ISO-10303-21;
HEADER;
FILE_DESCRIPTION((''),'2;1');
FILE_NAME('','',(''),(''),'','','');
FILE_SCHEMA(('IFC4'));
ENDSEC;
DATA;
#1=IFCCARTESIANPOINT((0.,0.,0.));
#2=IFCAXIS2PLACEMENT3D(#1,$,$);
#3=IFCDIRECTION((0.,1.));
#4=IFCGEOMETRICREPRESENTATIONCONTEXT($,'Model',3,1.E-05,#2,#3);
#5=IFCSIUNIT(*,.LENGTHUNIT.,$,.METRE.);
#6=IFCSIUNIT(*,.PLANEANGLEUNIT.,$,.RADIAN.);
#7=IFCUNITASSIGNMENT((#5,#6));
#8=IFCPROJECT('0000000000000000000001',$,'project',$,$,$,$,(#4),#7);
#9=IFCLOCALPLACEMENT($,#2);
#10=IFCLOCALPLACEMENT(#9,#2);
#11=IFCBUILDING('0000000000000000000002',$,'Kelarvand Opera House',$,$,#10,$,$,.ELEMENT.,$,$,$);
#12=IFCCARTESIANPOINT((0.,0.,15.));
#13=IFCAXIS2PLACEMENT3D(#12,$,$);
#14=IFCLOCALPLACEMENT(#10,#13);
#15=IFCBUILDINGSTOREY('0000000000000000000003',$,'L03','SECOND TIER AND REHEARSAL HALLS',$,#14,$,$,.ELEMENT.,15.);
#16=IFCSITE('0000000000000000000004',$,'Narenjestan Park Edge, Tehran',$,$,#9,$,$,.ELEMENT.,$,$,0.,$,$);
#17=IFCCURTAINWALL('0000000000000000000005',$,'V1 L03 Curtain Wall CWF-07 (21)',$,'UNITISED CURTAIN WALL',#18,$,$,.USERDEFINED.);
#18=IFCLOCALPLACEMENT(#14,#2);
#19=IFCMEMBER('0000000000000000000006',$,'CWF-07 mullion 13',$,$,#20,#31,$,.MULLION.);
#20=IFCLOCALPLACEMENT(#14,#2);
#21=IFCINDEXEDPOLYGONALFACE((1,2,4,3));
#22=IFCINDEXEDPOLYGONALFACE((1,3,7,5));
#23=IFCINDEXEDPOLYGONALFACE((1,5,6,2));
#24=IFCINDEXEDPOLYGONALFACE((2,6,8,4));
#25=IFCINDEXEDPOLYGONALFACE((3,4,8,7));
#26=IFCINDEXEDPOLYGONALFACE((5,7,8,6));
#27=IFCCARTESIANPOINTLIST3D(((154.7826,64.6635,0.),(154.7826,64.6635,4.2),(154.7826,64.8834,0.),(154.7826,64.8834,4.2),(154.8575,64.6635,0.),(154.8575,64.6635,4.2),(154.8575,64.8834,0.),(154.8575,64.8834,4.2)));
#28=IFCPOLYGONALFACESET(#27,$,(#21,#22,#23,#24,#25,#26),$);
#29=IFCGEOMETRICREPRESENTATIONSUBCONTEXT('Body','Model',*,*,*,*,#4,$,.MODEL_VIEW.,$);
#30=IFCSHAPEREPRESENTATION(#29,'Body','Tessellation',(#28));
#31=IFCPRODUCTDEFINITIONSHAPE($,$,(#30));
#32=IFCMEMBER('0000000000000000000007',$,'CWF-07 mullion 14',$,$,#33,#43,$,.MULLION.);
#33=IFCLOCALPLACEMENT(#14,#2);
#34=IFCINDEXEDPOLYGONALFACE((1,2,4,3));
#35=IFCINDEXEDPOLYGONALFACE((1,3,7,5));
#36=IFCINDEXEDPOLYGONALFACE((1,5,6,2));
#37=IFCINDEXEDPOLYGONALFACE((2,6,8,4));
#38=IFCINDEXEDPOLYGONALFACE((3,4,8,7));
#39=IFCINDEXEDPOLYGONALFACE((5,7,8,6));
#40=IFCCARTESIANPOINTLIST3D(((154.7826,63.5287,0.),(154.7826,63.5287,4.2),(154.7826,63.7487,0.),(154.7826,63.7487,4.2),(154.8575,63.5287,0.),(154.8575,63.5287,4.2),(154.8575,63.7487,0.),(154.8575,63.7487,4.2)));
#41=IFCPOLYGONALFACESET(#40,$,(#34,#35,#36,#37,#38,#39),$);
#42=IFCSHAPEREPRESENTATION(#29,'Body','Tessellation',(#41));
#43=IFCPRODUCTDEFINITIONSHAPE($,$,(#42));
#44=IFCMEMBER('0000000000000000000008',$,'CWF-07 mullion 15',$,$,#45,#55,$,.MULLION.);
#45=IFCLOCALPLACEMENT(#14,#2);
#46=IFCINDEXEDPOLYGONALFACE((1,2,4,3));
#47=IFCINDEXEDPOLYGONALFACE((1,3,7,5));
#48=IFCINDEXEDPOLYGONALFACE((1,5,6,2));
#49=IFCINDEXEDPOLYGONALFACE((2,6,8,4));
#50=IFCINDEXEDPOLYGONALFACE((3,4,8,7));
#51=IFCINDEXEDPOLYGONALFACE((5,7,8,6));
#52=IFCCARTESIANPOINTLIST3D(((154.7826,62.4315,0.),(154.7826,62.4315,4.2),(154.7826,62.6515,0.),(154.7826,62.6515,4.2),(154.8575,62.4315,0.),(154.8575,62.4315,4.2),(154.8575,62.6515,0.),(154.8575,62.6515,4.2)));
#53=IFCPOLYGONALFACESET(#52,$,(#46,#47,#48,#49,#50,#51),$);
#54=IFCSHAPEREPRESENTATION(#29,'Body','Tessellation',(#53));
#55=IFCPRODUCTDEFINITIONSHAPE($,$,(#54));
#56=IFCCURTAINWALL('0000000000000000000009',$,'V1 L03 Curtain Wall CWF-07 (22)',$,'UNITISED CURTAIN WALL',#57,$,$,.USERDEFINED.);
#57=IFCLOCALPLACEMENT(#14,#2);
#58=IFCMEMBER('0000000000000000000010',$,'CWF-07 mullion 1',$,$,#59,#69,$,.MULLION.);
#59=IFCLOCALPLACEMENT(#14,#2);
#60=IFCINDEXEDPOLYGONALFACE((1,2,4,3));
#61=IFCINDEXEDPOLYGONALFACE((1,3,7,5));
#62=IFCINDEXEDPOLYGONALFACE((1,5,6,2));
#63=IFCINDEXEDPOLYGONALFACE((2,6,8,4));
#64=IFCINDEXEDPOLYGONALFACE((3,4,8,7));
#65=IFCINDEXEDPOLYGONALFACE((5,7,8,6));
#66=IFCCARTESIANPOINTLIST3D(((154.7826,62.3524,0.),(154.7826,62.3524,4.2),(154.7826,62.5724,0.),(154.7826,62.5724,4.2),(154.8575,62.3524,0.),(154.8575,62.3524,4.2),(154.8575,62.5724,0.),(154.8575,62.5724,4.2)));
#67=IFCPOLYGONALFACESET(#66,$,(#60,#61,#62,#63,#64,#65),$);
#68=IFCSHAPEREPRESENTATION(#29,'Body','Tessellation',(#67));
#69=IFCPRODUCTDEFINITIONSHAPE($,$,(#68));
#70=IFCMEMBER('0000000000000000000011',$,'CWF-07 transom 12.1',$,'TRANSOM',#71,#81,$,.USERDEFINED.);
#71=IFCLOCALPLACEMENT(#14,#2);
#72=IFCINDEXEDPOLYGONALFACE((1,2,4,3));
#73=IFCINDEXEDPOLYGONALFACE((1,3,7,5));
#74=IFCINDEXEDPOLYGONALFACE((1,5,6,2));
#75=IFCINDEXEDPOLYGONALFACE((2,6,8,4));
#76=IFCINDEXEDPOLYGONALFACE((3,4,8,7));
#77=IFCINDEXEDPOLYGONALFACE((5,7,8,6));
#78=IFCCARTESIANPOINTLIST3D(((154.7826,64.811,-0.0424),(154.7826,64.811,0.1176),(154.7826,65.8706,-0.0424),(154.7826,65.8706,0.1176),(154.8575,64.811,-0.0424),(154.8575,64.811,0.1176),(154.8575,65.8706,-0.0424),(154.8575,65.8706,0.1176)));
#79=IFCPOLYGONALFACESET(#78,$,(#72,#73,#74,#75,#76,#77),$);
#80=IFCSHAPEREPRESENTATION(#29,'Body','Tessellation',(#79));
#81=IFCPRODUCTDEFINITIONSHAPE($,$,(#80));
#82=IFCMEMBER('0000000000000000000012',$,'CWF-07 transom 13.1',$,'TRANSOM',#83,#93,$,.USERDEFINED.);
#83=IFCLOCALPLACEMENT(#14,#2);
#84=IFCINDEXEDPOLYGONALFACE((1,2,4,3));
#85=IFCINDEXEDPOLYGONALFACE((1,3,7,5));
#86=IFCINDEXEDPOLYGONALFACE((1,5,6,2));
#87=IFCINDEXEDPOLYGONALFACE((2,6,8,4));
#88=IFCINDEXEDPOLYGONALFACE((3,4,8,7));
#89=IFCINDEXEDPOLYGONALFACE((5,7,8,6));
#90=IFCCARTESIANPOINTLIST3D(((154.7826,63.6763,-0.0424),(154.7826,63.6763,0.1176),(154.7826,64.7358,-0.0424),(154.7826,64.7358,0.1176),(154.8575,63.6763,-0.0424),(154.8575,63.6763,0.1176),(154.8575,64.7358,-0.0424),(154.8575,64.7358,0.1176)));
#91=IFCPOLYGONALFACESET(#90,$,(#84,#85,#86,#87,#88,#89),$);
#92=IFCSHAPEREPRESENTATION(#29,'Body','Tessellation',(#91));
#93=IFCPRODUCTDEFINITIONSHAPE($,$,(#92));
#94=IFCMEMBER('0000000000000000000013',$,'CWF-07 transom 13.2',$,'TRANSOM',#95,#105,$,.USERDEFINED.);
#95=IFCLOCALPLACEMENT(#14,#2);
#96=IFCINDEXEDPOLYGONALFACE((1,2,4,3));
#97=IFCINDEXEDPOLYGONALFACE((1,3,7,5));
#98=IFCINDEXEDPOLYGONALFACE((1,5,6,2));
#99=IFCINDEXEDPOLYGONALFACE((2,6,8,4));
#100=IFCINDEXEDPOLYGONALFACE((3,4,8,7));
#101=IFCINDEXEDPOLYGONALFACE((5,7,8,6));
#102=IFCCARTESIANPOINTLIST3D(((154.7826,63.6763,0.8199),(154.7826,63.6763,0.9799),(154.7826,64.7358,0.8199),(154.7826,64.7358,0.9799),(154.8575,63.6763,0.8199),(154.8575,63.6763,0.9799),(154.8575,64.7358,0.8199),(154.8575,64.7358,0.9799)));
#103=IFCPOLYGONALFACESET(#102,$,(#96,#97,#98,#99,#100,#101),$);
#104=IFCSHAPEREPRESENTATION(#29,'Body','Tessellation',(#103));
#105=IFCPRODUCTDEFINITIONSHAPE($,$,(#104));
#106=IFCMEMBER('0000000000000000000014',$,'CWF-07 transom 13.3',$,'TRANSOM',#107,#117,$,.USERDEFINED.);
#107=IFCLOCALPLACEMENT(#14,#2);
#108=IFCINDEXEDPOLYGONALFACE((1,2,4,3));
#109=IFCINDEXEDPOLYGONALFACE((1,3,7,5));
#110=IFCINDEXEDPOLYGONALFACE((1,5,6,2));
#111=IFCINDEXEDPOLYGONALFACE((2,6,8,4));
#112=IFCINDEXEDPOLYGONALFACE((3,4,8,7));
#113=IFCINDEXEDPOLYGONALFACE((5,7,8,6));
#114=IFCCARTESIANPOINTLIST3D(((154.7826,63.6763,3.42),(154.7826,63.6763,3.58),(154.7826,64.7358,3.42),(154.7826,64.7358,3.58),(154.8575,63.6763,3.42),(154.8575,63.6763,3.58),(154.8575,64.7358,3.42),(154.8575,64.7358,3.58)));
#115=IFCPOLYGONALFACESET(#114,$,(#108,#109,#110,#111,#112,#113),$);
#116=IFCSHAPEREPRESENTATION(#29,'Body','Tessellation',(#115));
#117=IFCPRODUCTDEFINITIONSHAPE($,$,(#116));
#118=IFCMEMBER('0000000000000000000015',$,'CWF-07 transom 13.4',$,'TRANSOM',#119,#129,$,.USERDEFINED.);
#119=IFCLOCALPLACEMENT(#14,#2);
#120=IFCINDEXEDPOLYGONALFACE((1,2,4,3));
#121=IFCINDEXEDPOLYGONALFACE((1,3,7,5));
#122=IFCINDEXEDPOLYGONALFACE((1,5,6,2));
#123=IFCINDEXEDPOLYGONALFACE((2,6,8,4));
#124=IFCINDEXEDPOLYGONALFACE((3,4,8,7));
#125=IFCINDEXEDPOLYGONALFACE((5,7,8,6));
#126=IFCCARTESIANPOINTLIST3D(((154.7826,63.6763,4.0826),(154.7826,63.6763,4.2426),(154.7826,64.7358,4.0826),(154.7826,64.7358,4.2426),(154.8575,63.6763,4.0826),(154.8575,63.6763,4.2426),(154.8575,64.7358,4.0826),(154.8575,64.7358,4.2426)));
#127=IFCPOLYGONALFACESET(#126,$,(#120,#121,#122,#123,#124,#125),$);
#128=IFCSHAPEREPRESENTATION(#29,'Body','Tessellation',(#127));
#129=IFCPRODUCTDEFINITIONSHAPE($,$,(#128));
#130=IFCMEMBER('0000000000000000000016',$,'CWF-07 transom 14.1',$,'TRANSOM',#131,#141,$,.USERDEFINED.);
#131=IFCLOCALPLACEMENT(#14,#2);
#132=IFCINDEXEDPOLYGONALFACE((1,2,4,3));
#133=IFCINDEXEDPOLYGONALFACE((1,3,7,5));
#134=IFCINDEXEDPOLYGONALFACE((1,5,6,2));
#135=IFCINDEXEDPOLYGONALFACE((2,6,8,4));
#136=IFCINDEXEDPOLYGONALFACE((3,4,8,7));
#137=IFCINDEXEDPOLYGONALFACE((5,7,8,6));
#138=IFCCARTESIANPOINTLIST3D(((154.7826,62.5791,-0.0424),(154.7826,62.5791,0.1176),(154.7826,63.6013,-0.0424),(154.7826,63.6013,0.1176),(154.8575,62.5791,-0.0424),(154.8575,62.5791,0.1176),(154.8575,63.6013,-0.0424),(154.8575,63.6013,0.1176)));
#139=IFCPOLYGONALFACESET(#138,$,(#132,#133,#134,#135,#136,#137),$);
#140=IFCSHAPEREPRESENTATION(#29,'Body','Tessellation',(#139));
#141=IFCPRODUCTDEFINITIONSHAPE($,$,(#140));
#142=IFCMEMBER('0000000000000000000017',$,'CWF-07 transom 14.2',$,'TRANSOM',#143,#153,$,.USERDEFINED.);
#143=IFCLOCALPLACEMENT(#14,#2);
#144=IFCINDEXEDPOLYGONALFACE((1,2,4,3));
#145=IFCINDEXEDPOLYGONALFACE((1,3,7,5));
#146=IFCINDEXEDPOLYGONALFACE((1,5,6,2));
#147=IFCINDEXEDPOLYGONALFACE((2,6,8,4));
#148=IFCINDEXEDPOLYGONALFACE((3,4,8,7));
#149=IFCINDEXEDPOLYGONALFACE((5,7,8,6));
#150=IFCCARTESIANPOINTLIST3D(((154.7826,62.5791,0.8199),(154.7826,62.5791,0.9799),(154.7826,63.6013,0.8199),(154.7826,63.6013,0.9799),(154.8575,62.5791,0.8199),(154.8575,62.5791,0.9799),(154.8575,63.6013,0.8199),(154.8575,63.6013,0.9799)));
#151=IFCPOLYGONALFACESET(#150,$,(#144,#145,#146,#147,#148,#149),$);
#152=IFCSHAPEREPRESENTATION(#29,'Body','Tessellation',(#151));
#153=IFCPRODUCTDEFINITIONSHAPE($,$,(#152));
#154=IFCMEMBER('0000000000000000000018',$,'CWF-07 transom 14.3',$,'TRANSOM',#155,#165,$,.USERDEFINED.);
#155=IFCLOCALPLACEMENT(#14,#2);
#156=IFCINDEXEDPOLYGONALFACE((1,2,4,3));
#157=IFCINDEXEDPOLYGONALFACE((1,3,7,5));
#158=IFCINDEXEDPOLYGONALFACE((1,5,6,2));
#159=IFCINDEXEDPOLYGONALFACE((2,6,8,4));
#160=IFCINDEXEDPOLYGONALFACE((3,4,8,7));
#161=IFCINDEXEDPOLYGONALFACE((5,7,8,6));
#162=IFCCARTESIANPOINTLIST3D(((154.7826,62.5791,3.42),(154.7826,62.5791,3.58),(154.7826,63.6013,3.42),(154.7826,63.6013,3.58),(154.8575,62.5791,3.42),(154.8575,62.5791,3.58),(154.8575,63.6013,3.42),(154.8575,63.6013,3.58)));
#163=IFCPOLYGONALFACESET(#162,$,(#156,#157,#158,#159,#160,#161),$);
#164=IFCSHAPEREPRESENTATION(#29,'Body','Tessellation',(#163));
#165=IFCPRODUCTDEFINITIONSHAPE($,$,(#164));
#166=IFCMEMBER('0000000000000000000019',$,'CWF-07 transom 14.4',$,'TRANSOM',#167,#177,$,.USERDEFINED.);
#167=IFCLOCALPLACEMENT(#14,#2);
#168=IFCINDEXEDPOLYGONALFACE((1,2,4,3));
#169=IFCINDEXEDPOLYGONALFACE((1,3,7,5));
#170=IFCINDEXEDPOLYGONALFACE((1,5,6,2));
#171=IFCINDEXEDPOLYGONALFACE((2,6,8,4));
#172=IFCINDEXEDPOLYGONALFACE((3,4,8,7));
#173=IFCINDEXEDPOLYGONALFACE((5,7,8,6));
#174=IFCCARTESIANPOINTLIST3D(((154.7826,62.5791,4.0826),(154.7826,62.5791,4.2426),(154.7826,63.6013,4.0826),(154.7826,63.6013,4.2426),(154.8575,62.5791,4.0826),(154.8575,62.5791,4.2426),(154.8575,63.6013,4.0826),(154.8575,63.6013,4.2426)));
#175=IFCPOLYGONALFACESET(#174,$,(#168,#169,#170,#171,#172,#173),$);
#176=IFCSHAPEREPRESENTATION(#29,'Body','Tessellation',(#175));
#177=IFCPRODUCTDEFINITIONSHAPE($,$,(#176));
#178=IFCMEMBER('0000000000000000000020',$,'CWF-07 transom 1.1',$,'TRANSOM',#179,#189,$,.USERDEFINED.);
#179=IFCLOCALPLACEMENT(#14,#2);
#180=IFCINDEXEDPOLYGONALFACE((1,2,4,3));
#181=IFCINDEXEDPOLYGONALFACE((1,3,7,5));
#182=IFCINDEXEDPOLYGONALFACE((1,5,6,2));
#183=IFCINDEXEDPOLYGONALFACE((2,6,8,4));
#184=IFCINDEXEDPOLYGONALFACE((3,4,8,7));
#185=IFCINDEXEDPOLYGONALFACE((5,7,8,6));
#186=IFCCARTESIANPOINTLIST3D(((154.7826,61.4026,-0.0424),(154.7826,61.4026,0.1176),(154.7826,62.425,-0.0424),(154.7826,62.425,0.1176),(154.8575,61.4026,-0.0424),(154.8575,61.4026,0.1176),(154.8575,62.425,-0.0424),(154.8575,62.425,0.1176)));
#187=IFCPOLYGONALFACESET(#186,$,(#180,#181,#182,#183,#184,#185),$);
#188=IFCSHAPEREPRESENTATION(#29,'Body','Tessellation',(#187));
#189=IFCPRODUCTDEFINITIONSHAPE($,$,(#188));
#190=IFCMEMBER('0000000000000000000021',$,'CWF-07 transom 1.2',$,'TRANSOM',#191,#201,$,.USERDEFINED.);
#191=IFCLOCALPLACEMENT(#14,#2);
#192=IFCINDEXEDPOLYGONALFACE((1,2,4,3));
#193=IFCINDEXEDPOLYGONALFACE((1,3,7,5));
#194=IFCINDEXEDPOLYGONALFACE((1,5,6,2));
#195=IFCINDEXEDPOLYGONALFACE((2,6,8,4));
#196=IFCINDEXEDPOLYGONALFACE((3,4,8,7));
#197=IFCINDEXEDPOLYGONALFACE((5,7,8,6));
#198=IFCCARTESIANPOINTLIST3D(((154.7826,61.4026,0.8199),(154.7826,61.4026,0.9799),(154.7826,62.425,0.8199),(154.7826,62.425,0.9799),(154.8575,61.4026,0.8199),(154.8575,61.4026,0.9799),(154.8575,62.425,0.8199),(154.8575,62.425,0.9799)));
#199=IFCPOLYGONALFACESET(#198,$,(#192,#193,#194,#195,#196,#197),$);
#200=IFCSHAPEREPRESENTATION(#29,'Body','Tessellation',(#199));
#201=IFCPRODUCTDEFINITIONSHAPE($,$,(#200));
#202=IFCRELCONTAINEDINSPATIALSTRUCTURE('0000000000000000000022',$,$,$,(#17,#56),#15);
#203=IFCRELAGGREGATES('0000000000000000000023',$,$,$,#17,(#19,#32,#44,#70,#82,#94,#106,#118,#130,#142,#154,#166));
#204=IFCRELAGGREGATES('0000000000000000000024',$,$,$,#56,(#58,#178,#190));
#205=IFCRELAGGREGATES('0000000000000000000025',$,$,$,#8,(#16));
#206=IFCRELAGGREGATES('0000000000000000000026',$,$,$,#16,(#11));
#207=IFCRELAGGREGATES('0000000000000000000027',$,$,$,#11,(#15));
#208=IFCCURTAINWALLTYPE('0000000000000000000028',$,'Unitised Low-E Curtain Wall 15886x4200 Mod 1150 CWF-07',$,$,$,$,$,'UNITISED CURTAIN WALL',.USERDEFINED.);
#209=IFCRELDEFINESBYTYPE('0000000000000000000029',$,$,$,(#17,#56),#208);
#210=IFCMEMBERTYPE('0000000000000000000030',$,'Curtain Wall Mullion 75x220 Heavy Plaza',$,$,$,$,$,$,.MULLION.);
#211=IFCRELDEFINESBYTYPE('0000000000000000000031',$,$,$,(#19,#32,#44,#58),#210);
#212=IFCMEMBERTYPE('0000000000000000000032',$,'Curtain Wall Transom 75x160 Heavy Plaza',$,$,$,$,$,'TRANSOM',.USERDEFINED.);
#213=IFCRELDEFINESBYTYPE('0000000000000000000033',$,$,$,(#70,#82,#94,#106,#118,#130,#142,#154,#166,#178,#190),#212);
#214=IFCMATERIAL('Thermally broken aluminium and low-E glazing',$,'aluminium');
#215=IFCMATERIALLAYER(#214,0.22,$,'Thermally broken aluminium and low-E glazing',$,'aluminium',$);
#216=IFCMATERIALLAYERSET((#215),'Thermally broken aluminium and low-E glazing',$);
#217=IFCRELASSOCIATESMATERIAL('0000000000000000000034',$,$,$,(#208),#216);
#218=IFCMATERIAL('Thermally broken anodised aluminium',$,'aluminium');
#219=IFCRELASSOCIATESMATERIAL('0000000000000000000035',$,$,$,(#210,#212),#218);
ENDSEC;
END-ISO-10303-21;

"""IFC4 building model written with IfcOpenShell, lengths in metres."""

from ifc_helpers import new_model, si_unit, direction, frame, origin, origin_2d, place, context, subcontext, project, spatial, rectangle, extrude, material, layer, layer_set, material_profile, profile_set, type_object, element, aggregate, save


model = new_model("IFC4")

# Units and contexts
model_context = context("Model", 3, precision=1e-05, world=origin(), true_north=direction((0.0, 1.0)))
body_context = subcontext(model_context, "Body", "Model", "MODEL_VIEW")
ifc_project = project(units=[si_unit("LENGTHUNIT", "METRE"), si_unit("PLANEANGLEUNIT", "RADIAN")], contexts=[model_context])

# Site, building, storey
site_placement = place(None, origin())
site = spatial("IfcSite", under=ifc_project, at=site_placement, Name="Narenjestan Park Edge, Tehran", CompositionType="ELEMENT", RefElevation=0.0)
building_placement = place(site_placement, origin())
building = spatial("IfcBuilding", under=site, at=building_placement, Name="Kelarvand Opera House", CompositionType="ELEMENT")
storey_placement = place(building_placement, frame((0.0, 0.0, 15.0)))
storey = spatial("IfcBuildingStorey", under=building, at=storey_placement, Name="L03", Description="SECOND TIER AND REHEARSAL HALLS", CompositionType="ELEMENT", Elevation=15.0)

# Curtain wall, members
ifc_material_1 = material(Name="Thermally broken aluminium and low-E glazing", Category="aluminium")
ifc_layer_1 = layer(ifc_material_1, 0.22, Name="Thermally broken aluminium and low-E glazing", Category="aluminium")
ifc_layer_set_1 = layer_set([ifc_layer_1], Name="Thermally broken aluminium and low-E glazing")
curtain_wall_type = type_object("IfcCurtainWallType", Name="Unitised Low-E Curtain Wall 15886x4200 Mod 1150 CWF-07", ElementType="UNITISED CURTAIN WALL", PredefinedType="USERDEFINED", material=ifc_layer_set_1)
curtain_wall_1_placement = place(storey_placement, origin())
curtain_wall_1 = element("IfcCurtainWall", 1, at=curtain_wall_1_placement, inside=storey, type_object=curtain_wall_type, Name="V1 L03 Curtain Wall CWF-07 (21)", ObjectType="UNITISED CURTAIN WALL", PredefinedType="USERDEFINED")
ifc_material_2 = material(Name="Thermally broken anodised aluminium", Category="aluminium")
ifc_material_profile_1 = material_profile(ifc_material_2, rectangle(XDim=0.075, YDim=0.22, at=origin_2d()), Name="ALU MULLION 75x220", Category="aluminium")
ifc_profile_set_1 = profile_set([ifc_material_profile_1], Name="Thermally broken anodised aluminium")
member_type_1 = type_object("IfcMemberType", Name="Curtain Wall Mullion 75x220 Heavy Plaza", PredefinedType="MULLION", material=ifc_profile_set_1)
member_1_placement = place(storey_placement, frame((154.8201, 64.7734, 0.0), z_axis=(0.0, 0.0, 1.0), x_axis=(1.0, 0.0, 0.0)))
member_1 = element("IfcMember", 2, at=member_1_placement, type_object=member_type_1, Name="CWF-07 mullion 13", PredefinedType="MULLION", context=body_context, shape_type="SweptSolid", body=[
    extrude(rectangle(XDim=0.075, YDim=0.22, at=origin_2d()), origin(), (0.0, 0.0, 1.0), 4.2),
])
member_2_placement = place(storey_placement, frame((154.8201, 63.6387, 0.0), z_axis=(0.0, 0.0, 1.0), x_axis=(1.0, 0.0, 0.0)))
member_2 = element("IfcMember", 3, at=member_2_placement, type_object=member_type_1, Name="CWF-07 mullion 14", PredefinedType="MULLION", context=body_context, shape_type="SweptSolid", body=[
    extrude(rectangle(XDim=0.075, YDim=0.22, at=origin_2d()), origin(), (0.0, 0.0, 1.0), 4.2),
])
member_3_placement = place(storey_placement, frame((154.8201, 62.5415, 0.0), z_axis=(0.0, 0.0, 1.0), x_axis=(1.0, 0.0, 0.0)))
member_3 = element("IfcMember", 4, at=member_3_placement, type_object=member_type_1, Name="CWF-07 mullion 15", PredefinedType="MULLION", context=body_context, shape_type="SweptSolid", body=[
    extrude(rectangle(XDim=0.075, YDim=0.22, at=origin_2d()), origin(), (0.0, 0.0, 1.0), 4.2),
])

# Curtain wall, member
curtain_wall_2_placement = place(storey_placement, origin())
curtain_wall_2 = element("IfcCurtainWall", 5, at=curtain_wall_2_placement, inside=storey, type_object=curtain_wall_type, Name="V1 L03 Curtain Wall CWF-07 (22)", ObjectType="UNITISED CURTAIN WALL", PredefinedType="USERDEFINED")
member_4_placement = place(storey_placement, frame((154.8201, 62.4624, 0.0), z_axis=(0.0, 0.0, 1.0), x_axis=(1.0, 0.0, 0.0)))
member_4 = element("IfcMember", 6, at=member_4_placement, type_object=member_type_1, Name="CWF-07 mullion 1", PredefinedType="MULLION", context=body_context, shape_type="SweptSolid", body=[
    extrude(rectangle(XDim=0.075, YDim=0.22, at=origin_2d()), origin(), (0.0, 0.0, 1.0), 4.2),
])

# Members
ifc_material_profile_2 = material_profile(ifc_material_2, rectangle(XDim=0.075, YDim=0.1599, at=origin_2d()), Name="ALU TRANSOM 75x160", Category="aluminium")
ifc_profile_set_2 = profile_set([ifc_material_profile_2], Name="Thermally broken anodised aluminium")
member_type_2 = type_object("IfcMemberType", Name="Curtain Wall Transom 75x160 Heavy Plaza", ElementType="TRANSOM", PredefinedType="USERDEFINED", material=ifc_profile_set_2)
member_5_placement = place(storey_placement, frame((154.8201, 65.8706, 0.0376), z_axis=(0.0, -1.0, 0.0), x_axis=(1.0, 0.0, 0.0)))
member_5 = element("IfcMember", 7, at=member_5_placement, type_object=member_type_2, Name="CWF-07 transom 12.1", ObjectType="TRANSOM", PredefinedType="USERDEFINED", context=body_context, shape_type="SweptSolid", body=[
    extrude(rectangle(XDim=0.075, YDim=0.1599, at=origin_2d()), origin(), (0.0, 0.0, 1.0), 1.0596),
])
member_6_placement = place(storey_placement, frame((154.8201, 64.7358, 0.0376), z_axis=(0.0, -1.0, 0.0), x_axis=(1.0, 0.0, 0.0)))
member_6 = element("IfcMember", 8, at=member_6_placement, type_object=member_type_2, Name="CWF-07 transom 13.1", ObjectType="TRANSOM", PredefinedType="USERDEFINED", context=body_context, shape_type="SweptSolid", body=[
    extrude(rectangle(XDim=0.075, YDim=0.1599, at=origin_2d()), origin(), (0.0, 0.0, 1.0), 1.0596),
])
member_7_placement = place(storey_placement, frame((154.8201, 64.7358, 0.8999), z_axis=(0.0, -1.0, 0.0), x_axis=(1.0, 0.0, 0.0)))
member_7 = element("IfcMember", 9, at=member_7_placement, type_object=member_type_2, Name="CWF-07 transom 13.2", ObjectType="TRANSOM", PredefinedType="USERDEFINED", context=body_context, shape_type="SweptSolid", body=[
    extrude(rectangle(XDim=0.075, YDim=0.1599, at=origin_2d()), origin(), (0.0, 0.0, 1.0), 1.0596),
])
member_8_placement = place(storey_placement, frame((154.8201, 64.7358, 3.5), z_axis=(0.0, -1.0, 0.0), x_axis=(1.0, 0.0, 0.0)))
member_8 = element("IfcMember", 10, at=member_8_placement, type_object=member_type_2, Name="CWF-07 transom 13.3", ObjectType="TRANSOM", PredefinedType="USERDEFINED", context=body_context, shape_type="SweptSolid", body=[
    extrude(rectangle(XDim=0.075, YDim=0.1599, at=origin_2d()), origin(), (0.0, 0.0, 1.0), 1.0596),
])
member_9_placement = place(storey_placement, frame((154.8201, 64.7358, 4.1626), z_axis=(0.0, -1.0, 0.0), x_axis=(1.0, 0.0, 0.0)))
member_9 = element("IfcMember", 11, at=member_9_placement, type_object=member_type_2, Name="CWF-07 transom 13.4", ObjectType="TRANSOM", PredefinedType="USERDEFINED", context=body_context, shape_type="SweptSolid", body=[
    extrude(rectangle(XDim=0.075, YDim=0.1599, at=origin_2d()), origin(), (0.0, 0.0, 1.0), 1.0596),
])
member_10_placement = place(storey_placement, frame((154.8201, 63.6013, 0.0376), z_axis=(0.0, -1.0, 0.0), x_axis=(1.0, 0.0, 0.0)))
member_10 = element("IfcMember", 12, at=member_10_placement, type_object=member_type_2, Name="CWF-07 transom 14.1", ObjectType="TRANSOM", PredefinedType="USERDEFINED", context=body_context, shape_type="SweptSolid", body=[
    extrude(rectangle(XDim=0.075, YDim=0.1599, at=origin_2d()), origin(), (0.0, 0.0, 1.0), 1.0222),
])
member_11_placement = place(storey_placement, frame((154.8201, 63.6013, 0.8999), z_axis=(0.0, -1.0, 0.0), x_axis=(1.0, 0.0, 0.0)))
member_11 = element("IfcMember", 13, at=member_11_placement, type_object=member_type_2, Name="CWF-07 transom 14.2", ObjectType="TRANSOM", PredefinedType="USERDEFINED", context=body_context, shape_type="SweptSolid", body=[
    extrude(rectangle(XDim=0.075, YDim=0.1599, at=origin_2d()), origin(), (0.0, 0.0, 1.0), 1.0222),
])
member_12_placement = place(storey_placement, frame((154.8201, 63.6013, 3.5), z_axis=(0.0, -1.0, 0.0), x_axis=(1.0, 0.0, 0.0)))
member_12 = element("IfcMember", 14, at=member_12_placement, type_object=member_type_2, Name="CWF-07 transom 14.3", ObjectType="TRANSOM", PredefinedType="USERDEFINED", context=body_context, shape_type="SweptSolid", body=[
    extrude(rectangle(XDim=0.075, YDim=0.1599, at=origin_2d()), origin(), (0.0, 0.0, 1.0), 1.0222),
])
member_13_placement = place(storey_placement, frame((154.8201, 63.6013, 4.1626), z_axis=(0.0, -1.0, 0.0), x_axis=(1.0, 0.0, 0.0)))
member_13 = element("IfcMember", 15, at=member_13_placement, type_object=member_type_2, Name="CWF-07 transom 14.4", ObjectType="TRANSOM", PredefinedType="USERDEFINED", context=body_context, shape_type="SweptSolid", body=[
    extrude(rectangle(XDim=0.075, YDim=0.1599, at=origin_2d()), origin(), (0.0, 0.0, 1.0), 1.0222),
])
member_14_placement = place(storey_placement, frame((154.8201, 62.425, 0.0376), z_axis=(0.0, -1.0, 0.0), x_axis=(1.0, 0.0, 0.0)))
member_14 = element("IfcMember", 16, at=member_14_placement, type_object=member_type_2, Name="CWF-07 transom 1.1", ObjectType="TRANSOM", PredefinedType="USERDEFINED", context=body_context, shape_type="SweptSolid", body=[
    extrude(rectangle(XDim=0.075, YDim=0.1599, at=origin_2d()), origin(), (0.0, 0.0, 1.0), 1.0225),
])
member_15_placement = place(storey_placement, frame((154.8201, 62.425, 0.8999), z_axis=(0.0, -1.0, 0.0), x_axis=(1.0, 0.0, 0.0)))
member_15 = element("IfcMember", 17, at=member_15_placement, type_object=member_type_2, Name="CWF-07 transom 1.2", ObjectType="TRANSOM", PredefinedType="USERDEFINED", context=body_context, shape_type="SweptSolid", body=[
    extrude(rectangle(XDim=0.075, YDim=0.1599, at=origin_2d()), origin(), (0.0, 0.0, 1.0), 1.0225),
])

aggregate(curtain_wall_1, [member_1, member_2, member_3, member_5, member_6, member_7, member_8, member_9, member_10, member_11, member_12, member_13])
aggregate(curtain_wall_2, [member_4, member_14, member_15])

save(model, "model.ifc")
